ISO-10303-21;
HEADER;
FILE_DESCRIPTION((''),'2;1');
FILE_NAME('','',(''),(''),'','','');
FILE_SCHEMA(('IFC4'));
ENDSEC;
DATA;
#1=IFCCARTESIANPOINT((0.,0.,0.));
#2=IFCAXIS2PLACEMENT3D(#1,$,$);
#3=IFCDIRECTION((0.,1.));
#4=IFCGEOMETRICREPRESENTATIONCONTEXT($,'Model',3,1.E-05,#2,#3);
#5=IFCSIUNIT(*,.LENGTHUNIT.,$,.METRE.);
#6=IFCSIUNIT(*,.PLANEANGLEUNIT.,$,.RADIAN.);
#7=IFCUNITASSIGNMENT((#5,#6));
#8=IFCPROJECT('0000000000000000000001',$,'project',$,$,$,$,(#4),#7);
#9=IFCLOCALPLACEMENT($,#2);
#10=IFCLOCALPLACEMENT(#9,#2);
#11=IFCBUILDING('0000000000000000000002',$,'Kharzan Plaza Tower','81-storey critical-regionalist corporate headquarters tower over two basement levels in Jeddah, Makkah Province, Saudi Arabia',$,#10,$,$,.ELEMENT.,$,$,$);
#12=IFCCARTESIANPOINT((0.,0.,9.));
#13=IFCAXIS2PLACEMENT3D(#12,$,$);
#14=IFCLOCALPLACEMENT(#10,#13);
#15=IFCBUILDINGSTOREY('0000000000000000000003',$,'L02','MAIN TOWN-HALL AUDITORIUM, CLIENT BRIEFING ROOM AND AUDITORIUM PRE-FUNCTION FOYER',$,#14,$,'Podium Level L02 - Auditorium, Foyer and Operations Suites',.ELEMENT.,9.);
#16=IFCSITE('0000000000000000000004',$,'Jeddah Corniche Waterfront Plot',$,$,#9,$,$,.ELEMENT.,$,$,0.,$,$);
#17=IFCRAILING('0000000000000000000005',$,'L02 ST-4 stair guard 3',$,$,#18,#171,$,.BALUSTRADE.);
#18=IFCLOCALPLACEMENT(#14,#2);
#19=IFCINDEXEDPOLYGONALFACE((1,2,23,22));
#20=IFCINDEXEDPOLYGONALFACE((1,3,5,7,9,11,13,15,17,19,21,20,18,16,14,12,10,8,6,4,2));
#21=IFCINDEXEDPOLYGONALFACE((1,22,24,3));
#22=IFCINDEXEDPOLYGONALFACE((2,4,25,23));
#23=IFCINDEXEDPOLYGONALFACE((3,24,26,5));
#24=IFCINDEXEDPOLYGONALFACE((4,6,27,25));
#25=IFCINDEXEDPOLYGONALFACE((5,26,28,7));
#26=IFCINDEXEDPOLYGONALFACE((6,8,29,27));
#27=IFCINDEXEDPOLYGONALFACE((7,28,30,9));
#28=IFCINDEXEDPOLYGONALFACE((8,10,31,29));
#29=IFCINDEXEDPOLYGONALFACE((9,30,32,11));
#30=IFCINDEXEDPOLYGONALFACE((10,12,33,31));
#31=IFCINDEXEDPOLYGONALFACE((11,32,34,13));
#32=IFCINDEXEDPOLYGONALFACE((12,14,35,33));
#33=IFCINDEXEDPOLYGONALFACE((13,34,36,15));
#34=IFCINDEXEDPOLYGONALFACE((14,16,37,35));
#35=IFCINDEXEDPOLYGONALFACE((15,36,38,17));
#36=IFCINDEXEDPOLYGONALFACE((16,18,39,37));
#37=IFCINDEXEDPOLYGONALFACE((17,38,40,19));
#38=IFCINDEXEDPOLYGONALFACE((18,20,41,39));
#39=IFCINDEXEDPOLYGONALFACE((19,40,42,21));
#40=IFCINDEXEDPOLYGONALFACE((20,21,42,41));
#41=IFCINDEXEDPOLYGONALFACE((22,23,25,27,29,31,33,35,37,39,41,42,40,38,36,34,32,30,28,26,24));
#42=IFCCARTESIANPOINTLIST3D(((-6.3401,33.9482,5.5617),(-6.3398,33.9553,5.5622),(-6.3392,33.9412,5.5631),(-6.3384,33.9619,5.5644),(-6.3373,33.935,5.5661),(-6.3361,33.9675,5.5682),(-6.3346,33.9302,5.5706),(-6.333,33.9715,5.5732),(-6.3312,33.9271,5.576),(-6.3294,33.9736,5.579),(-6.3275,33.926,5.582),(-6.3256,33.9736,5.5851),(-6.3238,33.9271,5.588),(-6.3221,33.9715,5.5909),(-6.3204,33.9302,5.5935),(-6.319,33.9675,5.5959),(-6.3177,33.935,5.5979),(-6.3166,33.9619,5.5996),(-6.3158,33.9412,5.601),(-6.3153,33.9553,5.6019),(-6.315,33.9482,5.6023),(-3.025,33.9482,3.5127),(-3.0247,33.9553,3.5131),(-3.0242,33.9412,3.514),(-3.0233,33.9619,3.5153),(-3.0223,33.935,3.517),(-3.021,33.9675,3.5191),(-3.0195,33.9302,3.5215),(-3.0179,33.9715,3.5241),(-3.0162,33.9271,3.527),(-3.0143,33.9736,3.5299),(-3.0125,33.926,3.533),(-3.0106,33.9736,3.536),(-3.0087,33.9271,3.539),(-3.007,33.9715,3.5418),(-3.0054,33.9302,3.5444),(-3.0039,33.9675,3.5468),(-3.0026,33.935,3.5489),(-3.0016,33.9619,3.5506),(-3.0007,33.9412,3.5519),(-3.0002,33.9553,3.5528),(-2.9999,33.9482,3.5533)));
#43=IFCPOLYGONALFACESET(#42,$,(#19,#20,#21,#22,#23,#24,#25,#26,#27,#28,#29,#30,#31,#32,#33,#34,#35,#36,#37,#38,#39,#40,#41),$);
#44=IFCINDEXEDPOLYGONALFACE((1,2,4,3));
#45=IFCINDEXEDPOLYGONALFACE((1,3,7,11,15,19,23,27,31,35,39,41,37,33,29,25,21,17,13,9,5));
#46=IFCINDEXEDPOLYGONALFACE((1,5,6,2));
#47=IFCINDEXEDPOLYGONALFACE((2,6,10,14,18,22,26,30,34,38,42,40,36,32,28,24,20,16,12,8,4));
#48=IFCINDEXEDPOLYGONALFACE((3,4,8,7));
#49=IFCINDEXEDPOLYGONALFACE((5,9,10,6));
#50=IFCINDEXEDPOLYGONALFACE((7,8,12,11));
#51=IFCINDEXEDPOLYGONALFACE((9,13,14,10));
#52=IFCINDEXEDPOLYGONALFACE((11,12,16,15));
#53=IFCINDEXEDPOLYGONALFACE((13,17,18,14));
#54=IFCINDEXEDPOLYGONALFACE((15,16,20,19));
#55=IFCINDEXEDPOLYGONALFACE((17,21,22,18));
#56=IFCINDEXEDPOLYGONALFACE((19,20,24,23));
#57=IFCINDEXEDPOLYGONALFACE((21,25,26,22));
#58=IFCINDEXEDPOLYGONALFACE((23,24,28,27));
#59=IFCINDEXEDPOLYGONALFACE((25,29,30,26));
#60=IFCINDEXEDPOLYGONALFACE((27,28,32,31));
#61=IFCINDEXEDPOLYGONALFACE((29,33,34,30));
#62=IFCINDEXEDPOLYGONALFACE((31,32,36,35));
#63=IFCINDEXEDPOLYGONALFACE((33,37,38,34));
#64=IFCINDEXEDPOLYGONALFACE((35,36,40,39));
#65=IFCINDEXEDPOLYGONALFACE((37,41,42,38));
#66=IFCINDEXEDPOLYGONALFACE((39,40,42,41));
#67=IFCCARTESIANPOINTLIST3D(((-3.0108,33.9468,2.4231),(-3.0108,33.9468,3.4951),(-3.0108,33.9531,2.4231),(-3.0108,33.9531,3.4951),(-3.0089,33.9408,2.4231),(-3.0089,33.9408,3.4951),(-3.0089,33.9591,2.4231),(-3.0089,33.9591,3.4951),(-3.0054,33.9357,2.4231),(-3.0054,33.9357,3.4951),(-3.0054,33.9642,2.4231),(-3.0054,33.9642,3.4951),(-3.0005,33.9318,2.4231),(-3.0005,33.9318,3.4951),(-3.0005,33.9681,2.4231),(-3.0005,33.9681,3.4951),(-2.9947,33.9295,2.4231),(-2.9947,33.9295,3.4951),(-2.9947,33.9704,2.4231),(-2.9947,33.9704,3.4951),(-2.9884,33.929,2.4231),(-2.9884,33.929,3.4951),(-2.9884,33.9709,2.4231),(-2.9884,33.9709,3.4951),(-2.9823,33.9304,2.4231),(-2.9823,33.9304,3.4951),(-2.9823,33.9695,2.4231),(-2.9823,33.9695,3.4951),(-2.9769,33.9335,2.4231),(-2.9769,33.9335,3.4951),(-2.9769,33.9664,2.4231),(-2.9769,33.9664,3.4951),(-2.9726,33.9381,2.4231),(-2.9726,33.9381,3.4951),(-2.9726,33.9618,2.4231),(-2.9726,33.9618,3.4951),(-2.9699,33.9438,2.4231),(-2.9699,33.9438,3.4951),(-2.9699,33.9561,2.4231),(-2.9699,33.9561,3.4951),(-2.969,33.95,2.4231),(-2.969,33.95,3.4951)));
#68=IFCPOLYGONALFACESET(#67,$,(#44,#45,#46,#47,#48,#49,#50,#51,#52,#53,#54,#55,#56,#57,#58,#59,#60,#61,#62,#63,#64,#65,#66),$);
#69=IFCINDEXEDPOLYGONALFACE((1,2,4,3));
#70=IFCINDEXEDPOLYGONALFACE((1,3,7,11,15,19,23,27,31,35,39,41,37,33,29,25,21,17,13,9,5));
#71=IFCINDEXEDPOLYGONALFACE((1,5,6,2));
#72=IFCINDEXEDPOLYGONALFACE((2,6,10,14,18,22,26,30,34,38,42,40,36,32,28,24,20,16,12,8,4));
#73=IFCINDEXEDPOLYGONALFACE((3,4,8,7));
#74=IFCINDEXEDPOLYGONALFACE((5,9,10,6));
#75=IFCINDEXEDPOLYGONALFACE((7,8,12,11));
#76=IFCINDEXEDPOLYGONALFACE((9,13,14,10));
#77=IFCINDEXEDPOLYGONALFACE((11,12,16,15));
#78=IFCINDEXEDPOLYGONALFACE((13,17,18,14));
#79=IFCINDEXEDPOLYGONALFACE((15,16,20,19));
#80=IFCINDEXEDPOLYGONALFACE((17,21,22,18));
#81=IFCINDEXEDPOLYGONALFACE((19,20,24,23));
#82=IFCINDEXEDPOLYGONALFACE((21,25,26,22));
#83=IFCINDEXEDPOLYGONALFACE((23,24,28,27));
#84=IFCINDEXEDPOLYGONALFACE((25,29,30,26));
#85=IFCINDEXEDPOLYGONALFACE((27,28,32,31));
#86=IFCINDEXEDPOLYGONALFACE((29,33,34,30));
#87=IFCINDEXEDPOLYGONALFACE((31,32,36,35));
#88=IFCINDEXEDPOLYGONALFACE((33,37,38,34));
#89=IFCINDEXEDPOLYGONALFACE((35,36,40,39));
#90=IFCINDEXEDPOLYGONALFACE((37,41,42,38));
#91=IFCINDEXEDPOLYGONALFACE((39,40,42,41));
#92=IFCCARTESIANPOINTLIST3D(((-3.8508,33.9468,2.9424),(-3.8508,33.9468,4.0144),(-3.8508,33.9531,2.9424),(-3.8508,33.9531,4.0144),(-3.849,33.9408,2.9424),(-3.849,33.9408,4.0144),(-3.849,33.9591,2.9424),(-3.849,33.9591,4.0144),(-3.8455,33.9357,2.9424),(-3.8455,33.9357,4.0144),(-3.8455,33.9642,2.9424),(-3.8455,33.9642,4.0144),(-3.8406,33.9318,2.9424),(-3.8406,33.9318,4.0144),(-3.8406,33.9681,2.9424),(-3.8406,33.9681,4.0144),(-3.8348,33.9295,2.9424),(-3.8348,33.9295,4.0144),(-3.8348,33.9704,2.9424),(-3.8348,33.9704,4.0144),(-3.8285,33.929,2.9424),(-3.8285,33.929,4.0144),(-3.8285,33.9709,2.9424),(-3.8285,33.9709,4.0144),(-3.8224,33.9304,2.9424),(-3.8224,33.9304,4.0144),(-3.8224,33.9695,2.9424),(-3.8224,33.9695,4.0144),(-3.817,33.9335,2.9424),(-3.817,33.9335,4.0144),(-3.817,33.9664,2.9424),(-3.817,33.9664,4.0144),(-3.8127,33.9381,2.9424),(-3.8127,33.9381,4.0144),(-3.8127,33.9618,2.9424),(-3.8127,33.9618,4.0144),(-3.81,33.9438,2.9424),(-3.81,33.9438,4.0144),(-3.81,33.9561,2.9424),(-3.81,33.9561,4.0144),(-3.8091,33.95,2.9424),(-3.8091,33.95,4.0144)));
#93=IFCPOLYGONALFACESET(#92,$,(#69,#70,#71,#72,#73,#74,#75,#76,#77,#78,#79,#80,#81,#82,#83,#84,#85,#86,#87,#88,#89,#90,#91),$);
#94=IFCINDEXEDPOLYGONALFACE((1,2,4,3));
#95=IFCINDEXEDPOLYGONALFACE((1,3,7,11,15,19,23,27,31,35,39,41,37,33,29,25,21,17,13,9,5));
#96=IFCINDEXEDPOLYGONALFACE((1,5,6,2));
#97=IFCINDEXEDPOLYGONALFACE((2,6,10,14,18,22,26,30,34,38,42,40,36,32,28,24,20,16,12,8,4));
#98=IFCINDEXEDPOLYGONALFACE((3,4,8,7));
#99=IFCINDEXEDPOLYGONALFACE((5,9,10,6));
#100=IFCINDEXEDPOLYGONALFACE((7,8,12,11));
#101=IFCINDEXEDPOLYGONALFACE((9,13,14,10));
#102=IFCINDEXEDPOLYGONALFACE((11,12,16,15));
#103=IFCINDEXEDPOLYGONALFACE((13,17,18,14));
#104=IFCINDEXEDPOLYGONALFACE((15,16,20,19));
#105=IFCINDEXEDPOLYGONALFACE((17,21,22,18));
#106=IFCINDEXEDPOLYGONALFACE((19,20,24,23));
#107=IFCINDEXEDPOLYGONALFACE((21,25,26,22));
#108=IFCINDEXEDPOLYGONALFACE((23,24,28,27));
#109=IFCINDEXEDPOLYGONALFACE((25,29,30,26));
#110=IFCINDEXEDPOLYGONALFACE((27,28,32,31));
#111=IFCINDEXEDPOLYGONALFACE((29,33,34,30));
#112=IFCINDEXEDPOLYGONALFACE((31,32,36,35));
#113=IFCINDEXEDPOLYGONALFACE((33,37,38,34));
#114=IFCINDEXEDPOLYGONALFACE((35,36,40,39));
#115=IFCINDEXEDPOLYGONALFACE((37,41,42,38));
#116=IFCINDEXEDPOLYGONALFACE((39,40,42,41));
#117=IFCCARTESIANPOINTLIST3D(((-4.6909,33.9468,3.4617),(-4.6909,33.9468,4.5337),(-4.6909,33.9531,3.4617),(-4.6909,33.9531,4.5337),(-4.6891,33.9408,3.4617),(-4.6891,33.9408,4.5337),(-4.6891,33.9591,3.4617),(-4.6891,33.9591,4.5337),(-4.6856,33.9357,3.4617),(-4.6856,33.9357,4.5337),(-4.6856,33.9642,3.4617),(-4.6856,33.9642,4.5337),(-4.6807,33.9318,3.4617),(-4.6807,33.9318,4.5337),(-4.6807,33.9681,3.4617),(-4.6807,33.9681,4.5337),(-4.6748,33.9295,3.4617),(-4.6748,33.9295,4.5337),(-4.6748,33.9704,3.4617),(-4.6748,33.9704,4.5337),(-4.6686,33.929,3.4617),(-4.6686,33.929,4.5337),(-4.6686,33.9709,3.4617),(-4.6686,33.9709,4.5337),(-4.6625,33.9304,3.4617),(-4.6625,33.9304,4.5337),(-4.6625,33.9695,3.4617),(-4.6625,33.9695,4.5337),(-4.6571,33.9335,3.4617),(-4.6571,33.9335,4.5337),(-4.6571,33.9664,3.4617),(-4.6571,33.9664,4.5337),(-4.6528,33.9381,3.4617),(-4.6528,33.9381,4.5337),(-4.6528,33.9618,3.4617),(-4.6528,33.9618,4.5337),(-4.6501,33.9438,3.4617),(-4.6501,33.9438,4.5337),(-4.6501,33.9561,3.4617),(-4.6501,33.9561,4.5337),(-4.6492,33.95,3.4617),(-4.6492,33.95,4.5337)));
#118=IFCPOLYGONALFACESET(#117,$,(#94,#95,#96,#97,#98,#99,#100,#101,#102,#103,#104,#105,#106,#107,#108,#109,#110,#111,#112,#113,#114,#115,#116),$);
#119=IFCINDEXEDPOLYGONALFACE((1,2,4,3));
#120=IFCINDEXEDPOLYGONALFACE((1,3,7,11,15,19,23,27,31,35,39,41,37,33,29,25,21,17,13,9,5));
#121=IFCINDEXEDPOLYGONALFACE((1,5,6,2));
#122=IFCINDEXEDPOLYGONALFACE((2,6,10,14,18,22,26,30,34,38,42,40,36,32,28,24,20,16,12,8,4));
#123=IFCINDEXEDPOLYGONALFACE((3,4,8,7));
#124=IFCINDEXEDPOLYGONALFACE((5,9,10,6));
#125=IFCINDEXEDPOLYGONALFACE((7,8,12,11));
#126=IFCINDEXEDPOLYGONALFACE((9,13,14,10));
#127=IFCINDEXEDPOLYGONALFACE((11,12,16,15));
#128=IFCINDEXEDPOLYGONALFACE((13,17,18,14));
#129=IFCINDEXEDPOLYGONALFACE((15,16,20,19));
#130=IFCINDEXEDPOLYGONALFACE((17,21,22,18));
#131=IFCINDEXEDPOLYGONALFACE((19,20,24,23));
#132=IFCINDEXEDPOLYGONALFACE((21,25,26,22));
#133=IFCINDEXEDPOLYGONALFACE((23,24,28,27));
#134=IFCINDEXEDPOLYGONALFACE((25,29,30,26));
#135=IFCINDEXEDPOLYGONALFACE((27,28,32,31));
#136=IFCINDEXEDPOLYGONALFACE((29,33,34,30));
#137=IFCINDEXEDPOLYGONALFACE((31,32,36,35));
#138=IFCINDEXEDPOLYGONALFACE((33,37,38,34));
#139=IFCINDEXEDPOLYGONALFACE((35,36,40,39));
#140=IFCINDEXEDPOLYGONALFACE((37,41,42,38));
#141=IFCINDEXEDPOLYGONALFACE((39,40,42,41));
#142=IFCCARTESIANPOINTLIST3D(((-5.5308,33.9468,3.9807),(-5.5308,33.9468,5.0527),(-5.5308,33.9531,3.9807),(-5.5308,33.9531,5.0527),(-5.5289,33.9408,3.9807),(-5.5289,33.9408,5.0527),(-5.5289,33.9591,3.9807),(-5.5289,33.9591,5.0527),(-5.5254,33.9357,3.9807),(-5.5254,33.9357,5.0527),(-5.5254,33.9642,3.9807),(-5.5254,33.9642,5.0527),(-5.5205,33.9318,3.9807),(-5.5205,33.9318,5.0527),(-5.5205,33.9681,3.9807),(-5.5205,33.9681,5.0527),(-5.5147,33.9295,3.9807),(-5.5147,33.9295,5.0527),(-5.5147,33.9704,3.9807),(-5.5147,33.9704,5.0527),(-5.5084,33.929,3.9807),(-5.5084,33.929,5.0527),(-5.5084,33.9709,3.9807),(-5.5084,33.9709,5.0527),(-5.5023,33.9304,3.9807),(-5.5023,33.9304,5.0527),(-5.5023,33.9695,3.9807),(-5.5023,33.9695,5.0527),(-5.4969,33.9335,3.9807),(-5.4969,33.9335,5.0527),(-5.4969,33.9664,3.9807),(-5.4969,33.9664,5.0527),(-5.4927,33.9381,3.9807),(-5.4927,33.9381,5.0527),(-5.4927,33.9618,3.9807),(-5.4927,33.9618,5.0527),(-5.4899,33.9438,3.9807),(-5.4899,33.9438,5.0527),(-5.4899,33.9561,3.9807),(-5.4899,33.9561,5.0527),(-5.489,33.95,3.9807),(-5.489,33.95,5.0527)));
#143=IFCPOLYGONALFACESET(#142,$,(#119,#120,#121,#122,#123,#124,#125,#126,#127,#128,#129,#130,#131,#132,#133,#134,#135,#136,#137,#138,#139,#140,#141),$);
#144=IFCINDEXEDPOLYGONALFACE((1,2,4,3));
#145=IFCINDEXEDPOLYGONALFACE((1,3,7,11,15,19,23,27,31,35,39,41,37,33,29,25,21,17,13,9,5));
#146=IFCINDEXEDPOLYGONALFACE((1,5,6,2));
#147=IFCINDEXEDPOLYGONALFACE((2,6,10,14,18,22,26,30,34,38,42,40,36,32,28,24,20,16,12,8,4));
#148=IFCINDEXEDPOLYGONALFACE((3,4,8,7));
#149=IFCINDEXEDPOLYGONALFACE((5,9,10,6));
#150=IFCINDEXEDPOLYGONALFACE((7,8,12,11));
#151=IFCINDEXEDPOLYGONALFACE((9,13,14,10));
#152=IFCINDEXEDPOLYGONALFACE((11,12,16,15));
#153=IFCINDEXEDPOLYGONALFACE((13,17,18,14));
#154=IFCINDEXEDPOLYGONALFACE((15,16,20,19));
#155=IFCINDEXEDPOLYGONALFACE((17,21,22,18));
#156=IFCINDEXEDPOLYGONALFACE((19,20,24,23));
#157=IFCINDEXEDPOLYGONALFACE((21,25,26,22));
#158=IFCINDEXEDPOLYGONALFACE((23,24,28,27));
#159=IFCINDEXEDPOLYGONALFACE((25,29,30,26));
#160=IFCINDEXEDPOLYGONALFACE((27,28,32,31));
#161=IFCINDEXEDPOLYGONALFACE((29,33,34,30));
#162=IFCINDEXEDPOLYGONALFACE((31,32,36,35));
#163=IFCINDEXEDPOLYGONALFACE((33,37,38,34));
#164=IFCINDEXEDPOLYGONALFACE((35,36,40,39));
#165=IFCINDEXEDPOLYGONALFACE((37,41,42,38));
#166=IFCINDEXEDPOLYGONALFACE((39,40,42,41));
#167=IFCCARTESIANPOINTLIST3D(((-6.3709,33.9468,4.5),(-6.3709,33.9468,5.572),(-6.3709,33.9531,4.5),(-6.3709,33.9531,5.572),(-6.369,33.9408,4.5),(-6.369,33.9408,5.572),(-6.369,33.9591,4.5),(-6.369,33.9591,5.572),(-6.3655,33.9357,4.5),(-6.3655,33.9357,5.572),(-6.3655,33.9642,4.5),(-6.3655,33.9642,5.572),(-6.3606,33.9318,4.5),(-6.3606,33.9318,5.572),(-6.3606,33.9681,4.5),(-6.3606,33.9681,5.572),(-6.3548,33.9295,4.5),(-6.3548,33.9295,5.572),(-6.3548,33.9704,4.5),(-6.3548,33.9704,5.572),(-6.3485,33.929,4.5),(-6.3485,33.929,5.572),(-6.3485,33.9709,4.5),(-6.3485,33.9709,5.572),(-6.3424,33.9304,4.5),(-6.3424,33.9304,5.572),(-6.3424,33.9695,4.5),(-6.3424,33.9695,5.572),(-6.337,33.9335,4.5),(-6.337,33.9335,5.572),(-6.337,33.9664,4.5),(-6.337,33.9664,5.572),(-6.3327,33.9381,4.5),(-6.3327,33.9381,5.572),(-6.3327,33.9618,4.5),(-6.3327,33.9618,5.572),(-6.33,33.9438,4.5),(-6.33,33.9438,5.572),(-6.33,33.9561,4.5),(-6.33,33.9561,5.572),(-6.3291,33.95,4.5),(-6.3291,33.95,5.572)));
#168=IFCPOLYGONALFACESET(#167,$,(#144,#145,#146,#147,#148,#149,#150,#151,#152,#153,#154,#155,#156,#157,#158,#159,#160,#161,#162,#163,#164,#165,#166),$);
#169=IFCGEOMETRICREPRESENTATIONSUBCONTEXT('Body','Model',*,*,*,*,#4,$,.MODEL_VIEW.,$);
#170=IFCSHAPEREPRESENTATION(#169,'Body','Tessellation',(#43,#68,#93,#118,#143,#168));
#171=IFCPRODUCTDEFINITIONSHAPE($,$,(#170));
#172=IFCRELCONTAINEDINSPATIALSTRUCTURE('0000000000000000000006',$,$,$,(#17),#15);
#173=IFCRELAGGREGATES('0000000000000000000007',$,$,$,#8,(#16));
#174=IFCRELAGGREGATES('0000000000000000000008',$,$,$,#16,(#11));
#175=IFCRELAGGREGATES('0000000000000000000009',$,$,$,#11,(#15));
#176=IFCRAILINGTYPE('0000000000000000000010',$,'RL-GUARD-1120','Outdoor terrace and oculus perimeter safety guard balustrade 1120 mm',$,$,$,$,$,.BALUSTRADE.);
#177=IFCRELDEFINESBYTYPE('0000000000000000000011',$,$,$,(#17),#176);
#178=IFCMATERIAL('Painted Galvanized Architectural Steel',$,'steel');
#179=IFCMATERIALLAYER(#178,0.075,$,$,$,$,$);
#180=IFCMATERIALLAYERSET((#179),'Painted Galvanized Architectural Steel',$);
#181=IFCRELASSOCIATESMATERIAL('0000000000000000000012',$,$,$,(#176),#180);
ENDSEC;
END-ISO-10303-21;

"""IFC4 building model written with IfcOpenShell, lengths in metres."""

from ifc_helpers import new_model, si_unit, direction, frame, origin, origin_2d, place, context, subcontext, project, spatial, circle, extrude, source, transform, mapped, material, layer, layer_set, type_object, element, save


model = new_model("IFC4")

# Units and contexts
model_context = context("Model", 3, precision=1e-05, world=origin(), true_north=direction((0.0, 1.0)))
body_context = subcontext(model_context, "Body", "Model", "MODEL_VIEW")
ifc_project = project(units=[si_unit("LENGTHUNIT", "METRE"), si_unit("PLANEANGLEUNIT", "RADIAN")], contexts=[model_context])

# Site, building, storey
site_placement = place(None, origin())
site = spatial("IfcSite", under=ifc_project, at=site_placement, Name="Jeddah Corniche Waterfront Plot", CompositionType="ELEMENT", RefElevation=0.0)
building_placement = place(site_placement, origin())
building = spatial("IfcBuilding", under=site, at=building_placement, Name="Kharzan Plaza Tower", Description="81-storey critical-regionalist corporate headquarters tower over two basement levels in Jeddah, Makkah Province, Saudi Arabia", CompositionType="ELEMENT")
storey_placement = place(building_placement, frame((0.0, 0.0, 9.0)))
storey = spatial("IfcBuildingStorey", under=building, at=storey_placement, Name="L02", Description="MAIN TOWN-HALL AUDITORIUM, CLIENT BRIEFING ROOM AND AUDITORIUM PRE-FUNCTION FOYER", LongName="Podium Level L02 - Auditorium, Foyer and Operations Suites", CompositionType="ELEMENT", Elevation=9.0)

# Railing
ifc_material_1 = material(Name="Painted Galvanized Architectural Steel", Category="steel")
ifc_layer_1 = layer(ifc_material_1, 0.075)
ifc_layer_set_1 = layer_set([ifc_layer_1], Name="Painted Galvanized Architectural Steel")
railing_type_1 = type_object("IfcRailingType", Name="RL-GUARD-1120", Description="Outdoor terrace and oculus perimeter safety guard balustrade 1120 mm", PredefinedType="BALUSTRADE", material=ifc_layer_set_1)
shared_shape_1 = source(origin(), body_context, "Body", "SweptSolid", [
    extrude(circle(Radius=0.0239, at=origin_2d()), frame((-0.0225, 0.0, 1.1099), z_axis=(-0.850623, 0.0, 0.525776), x_axis=(0.0, -1.0, 0.0)), (0.0, 0.0, 1.0), 3.8972),
    extrude(circle(Radius=0.021, at=origin_2d()), origin(), (0.0, 0.0, 1.0), 1.072),
    extrude(circle(Radius=0.021, at=origin_2d()), frame((-0.8401, 0.0, 0.5193)), (0.0, 0.0, 1.0), 1.072),
    extrude(circle(Radius=0.021, at=origin_2d()), frame((-1.6802, 0.0, 1.0386)), (0.0, 0.0, 1.0), 1.072),
    extrude(circle(Radius=0.021, at=origin_2d()), frame((-2.52, 0.0, 1.5576)), (0.0, 0.0, 1.0), 1.072),
    extrude(circle(Radius=0.021, at=origin_2d()), frame((-3.3601, 0.0, 2.0769)), (0.0, 0.0, 1.0), 1.072),
])
railing_1_placement = place(storey_placement, frame((-2.99, 33.95, 2.4231)))
element("IfcRailing", 1, at=railing_1_placement, inside=storey, type_object=railing_type_1, Name="L02 ST-4 stair guard 3", PredefinedType="BALUSTRADE", context=body_context, shape_type="MappedRepresentation", body=[
    mapped(shared_shape_1, transform((0.0, 0.0, 0.0), x_axis=(1.0, 0.0, 0.0), y_axis=(0.0, 1.0, 0.0), z_axis=(0.0, 0.0, 1.0))),
])

save(model, "model.ifc")
